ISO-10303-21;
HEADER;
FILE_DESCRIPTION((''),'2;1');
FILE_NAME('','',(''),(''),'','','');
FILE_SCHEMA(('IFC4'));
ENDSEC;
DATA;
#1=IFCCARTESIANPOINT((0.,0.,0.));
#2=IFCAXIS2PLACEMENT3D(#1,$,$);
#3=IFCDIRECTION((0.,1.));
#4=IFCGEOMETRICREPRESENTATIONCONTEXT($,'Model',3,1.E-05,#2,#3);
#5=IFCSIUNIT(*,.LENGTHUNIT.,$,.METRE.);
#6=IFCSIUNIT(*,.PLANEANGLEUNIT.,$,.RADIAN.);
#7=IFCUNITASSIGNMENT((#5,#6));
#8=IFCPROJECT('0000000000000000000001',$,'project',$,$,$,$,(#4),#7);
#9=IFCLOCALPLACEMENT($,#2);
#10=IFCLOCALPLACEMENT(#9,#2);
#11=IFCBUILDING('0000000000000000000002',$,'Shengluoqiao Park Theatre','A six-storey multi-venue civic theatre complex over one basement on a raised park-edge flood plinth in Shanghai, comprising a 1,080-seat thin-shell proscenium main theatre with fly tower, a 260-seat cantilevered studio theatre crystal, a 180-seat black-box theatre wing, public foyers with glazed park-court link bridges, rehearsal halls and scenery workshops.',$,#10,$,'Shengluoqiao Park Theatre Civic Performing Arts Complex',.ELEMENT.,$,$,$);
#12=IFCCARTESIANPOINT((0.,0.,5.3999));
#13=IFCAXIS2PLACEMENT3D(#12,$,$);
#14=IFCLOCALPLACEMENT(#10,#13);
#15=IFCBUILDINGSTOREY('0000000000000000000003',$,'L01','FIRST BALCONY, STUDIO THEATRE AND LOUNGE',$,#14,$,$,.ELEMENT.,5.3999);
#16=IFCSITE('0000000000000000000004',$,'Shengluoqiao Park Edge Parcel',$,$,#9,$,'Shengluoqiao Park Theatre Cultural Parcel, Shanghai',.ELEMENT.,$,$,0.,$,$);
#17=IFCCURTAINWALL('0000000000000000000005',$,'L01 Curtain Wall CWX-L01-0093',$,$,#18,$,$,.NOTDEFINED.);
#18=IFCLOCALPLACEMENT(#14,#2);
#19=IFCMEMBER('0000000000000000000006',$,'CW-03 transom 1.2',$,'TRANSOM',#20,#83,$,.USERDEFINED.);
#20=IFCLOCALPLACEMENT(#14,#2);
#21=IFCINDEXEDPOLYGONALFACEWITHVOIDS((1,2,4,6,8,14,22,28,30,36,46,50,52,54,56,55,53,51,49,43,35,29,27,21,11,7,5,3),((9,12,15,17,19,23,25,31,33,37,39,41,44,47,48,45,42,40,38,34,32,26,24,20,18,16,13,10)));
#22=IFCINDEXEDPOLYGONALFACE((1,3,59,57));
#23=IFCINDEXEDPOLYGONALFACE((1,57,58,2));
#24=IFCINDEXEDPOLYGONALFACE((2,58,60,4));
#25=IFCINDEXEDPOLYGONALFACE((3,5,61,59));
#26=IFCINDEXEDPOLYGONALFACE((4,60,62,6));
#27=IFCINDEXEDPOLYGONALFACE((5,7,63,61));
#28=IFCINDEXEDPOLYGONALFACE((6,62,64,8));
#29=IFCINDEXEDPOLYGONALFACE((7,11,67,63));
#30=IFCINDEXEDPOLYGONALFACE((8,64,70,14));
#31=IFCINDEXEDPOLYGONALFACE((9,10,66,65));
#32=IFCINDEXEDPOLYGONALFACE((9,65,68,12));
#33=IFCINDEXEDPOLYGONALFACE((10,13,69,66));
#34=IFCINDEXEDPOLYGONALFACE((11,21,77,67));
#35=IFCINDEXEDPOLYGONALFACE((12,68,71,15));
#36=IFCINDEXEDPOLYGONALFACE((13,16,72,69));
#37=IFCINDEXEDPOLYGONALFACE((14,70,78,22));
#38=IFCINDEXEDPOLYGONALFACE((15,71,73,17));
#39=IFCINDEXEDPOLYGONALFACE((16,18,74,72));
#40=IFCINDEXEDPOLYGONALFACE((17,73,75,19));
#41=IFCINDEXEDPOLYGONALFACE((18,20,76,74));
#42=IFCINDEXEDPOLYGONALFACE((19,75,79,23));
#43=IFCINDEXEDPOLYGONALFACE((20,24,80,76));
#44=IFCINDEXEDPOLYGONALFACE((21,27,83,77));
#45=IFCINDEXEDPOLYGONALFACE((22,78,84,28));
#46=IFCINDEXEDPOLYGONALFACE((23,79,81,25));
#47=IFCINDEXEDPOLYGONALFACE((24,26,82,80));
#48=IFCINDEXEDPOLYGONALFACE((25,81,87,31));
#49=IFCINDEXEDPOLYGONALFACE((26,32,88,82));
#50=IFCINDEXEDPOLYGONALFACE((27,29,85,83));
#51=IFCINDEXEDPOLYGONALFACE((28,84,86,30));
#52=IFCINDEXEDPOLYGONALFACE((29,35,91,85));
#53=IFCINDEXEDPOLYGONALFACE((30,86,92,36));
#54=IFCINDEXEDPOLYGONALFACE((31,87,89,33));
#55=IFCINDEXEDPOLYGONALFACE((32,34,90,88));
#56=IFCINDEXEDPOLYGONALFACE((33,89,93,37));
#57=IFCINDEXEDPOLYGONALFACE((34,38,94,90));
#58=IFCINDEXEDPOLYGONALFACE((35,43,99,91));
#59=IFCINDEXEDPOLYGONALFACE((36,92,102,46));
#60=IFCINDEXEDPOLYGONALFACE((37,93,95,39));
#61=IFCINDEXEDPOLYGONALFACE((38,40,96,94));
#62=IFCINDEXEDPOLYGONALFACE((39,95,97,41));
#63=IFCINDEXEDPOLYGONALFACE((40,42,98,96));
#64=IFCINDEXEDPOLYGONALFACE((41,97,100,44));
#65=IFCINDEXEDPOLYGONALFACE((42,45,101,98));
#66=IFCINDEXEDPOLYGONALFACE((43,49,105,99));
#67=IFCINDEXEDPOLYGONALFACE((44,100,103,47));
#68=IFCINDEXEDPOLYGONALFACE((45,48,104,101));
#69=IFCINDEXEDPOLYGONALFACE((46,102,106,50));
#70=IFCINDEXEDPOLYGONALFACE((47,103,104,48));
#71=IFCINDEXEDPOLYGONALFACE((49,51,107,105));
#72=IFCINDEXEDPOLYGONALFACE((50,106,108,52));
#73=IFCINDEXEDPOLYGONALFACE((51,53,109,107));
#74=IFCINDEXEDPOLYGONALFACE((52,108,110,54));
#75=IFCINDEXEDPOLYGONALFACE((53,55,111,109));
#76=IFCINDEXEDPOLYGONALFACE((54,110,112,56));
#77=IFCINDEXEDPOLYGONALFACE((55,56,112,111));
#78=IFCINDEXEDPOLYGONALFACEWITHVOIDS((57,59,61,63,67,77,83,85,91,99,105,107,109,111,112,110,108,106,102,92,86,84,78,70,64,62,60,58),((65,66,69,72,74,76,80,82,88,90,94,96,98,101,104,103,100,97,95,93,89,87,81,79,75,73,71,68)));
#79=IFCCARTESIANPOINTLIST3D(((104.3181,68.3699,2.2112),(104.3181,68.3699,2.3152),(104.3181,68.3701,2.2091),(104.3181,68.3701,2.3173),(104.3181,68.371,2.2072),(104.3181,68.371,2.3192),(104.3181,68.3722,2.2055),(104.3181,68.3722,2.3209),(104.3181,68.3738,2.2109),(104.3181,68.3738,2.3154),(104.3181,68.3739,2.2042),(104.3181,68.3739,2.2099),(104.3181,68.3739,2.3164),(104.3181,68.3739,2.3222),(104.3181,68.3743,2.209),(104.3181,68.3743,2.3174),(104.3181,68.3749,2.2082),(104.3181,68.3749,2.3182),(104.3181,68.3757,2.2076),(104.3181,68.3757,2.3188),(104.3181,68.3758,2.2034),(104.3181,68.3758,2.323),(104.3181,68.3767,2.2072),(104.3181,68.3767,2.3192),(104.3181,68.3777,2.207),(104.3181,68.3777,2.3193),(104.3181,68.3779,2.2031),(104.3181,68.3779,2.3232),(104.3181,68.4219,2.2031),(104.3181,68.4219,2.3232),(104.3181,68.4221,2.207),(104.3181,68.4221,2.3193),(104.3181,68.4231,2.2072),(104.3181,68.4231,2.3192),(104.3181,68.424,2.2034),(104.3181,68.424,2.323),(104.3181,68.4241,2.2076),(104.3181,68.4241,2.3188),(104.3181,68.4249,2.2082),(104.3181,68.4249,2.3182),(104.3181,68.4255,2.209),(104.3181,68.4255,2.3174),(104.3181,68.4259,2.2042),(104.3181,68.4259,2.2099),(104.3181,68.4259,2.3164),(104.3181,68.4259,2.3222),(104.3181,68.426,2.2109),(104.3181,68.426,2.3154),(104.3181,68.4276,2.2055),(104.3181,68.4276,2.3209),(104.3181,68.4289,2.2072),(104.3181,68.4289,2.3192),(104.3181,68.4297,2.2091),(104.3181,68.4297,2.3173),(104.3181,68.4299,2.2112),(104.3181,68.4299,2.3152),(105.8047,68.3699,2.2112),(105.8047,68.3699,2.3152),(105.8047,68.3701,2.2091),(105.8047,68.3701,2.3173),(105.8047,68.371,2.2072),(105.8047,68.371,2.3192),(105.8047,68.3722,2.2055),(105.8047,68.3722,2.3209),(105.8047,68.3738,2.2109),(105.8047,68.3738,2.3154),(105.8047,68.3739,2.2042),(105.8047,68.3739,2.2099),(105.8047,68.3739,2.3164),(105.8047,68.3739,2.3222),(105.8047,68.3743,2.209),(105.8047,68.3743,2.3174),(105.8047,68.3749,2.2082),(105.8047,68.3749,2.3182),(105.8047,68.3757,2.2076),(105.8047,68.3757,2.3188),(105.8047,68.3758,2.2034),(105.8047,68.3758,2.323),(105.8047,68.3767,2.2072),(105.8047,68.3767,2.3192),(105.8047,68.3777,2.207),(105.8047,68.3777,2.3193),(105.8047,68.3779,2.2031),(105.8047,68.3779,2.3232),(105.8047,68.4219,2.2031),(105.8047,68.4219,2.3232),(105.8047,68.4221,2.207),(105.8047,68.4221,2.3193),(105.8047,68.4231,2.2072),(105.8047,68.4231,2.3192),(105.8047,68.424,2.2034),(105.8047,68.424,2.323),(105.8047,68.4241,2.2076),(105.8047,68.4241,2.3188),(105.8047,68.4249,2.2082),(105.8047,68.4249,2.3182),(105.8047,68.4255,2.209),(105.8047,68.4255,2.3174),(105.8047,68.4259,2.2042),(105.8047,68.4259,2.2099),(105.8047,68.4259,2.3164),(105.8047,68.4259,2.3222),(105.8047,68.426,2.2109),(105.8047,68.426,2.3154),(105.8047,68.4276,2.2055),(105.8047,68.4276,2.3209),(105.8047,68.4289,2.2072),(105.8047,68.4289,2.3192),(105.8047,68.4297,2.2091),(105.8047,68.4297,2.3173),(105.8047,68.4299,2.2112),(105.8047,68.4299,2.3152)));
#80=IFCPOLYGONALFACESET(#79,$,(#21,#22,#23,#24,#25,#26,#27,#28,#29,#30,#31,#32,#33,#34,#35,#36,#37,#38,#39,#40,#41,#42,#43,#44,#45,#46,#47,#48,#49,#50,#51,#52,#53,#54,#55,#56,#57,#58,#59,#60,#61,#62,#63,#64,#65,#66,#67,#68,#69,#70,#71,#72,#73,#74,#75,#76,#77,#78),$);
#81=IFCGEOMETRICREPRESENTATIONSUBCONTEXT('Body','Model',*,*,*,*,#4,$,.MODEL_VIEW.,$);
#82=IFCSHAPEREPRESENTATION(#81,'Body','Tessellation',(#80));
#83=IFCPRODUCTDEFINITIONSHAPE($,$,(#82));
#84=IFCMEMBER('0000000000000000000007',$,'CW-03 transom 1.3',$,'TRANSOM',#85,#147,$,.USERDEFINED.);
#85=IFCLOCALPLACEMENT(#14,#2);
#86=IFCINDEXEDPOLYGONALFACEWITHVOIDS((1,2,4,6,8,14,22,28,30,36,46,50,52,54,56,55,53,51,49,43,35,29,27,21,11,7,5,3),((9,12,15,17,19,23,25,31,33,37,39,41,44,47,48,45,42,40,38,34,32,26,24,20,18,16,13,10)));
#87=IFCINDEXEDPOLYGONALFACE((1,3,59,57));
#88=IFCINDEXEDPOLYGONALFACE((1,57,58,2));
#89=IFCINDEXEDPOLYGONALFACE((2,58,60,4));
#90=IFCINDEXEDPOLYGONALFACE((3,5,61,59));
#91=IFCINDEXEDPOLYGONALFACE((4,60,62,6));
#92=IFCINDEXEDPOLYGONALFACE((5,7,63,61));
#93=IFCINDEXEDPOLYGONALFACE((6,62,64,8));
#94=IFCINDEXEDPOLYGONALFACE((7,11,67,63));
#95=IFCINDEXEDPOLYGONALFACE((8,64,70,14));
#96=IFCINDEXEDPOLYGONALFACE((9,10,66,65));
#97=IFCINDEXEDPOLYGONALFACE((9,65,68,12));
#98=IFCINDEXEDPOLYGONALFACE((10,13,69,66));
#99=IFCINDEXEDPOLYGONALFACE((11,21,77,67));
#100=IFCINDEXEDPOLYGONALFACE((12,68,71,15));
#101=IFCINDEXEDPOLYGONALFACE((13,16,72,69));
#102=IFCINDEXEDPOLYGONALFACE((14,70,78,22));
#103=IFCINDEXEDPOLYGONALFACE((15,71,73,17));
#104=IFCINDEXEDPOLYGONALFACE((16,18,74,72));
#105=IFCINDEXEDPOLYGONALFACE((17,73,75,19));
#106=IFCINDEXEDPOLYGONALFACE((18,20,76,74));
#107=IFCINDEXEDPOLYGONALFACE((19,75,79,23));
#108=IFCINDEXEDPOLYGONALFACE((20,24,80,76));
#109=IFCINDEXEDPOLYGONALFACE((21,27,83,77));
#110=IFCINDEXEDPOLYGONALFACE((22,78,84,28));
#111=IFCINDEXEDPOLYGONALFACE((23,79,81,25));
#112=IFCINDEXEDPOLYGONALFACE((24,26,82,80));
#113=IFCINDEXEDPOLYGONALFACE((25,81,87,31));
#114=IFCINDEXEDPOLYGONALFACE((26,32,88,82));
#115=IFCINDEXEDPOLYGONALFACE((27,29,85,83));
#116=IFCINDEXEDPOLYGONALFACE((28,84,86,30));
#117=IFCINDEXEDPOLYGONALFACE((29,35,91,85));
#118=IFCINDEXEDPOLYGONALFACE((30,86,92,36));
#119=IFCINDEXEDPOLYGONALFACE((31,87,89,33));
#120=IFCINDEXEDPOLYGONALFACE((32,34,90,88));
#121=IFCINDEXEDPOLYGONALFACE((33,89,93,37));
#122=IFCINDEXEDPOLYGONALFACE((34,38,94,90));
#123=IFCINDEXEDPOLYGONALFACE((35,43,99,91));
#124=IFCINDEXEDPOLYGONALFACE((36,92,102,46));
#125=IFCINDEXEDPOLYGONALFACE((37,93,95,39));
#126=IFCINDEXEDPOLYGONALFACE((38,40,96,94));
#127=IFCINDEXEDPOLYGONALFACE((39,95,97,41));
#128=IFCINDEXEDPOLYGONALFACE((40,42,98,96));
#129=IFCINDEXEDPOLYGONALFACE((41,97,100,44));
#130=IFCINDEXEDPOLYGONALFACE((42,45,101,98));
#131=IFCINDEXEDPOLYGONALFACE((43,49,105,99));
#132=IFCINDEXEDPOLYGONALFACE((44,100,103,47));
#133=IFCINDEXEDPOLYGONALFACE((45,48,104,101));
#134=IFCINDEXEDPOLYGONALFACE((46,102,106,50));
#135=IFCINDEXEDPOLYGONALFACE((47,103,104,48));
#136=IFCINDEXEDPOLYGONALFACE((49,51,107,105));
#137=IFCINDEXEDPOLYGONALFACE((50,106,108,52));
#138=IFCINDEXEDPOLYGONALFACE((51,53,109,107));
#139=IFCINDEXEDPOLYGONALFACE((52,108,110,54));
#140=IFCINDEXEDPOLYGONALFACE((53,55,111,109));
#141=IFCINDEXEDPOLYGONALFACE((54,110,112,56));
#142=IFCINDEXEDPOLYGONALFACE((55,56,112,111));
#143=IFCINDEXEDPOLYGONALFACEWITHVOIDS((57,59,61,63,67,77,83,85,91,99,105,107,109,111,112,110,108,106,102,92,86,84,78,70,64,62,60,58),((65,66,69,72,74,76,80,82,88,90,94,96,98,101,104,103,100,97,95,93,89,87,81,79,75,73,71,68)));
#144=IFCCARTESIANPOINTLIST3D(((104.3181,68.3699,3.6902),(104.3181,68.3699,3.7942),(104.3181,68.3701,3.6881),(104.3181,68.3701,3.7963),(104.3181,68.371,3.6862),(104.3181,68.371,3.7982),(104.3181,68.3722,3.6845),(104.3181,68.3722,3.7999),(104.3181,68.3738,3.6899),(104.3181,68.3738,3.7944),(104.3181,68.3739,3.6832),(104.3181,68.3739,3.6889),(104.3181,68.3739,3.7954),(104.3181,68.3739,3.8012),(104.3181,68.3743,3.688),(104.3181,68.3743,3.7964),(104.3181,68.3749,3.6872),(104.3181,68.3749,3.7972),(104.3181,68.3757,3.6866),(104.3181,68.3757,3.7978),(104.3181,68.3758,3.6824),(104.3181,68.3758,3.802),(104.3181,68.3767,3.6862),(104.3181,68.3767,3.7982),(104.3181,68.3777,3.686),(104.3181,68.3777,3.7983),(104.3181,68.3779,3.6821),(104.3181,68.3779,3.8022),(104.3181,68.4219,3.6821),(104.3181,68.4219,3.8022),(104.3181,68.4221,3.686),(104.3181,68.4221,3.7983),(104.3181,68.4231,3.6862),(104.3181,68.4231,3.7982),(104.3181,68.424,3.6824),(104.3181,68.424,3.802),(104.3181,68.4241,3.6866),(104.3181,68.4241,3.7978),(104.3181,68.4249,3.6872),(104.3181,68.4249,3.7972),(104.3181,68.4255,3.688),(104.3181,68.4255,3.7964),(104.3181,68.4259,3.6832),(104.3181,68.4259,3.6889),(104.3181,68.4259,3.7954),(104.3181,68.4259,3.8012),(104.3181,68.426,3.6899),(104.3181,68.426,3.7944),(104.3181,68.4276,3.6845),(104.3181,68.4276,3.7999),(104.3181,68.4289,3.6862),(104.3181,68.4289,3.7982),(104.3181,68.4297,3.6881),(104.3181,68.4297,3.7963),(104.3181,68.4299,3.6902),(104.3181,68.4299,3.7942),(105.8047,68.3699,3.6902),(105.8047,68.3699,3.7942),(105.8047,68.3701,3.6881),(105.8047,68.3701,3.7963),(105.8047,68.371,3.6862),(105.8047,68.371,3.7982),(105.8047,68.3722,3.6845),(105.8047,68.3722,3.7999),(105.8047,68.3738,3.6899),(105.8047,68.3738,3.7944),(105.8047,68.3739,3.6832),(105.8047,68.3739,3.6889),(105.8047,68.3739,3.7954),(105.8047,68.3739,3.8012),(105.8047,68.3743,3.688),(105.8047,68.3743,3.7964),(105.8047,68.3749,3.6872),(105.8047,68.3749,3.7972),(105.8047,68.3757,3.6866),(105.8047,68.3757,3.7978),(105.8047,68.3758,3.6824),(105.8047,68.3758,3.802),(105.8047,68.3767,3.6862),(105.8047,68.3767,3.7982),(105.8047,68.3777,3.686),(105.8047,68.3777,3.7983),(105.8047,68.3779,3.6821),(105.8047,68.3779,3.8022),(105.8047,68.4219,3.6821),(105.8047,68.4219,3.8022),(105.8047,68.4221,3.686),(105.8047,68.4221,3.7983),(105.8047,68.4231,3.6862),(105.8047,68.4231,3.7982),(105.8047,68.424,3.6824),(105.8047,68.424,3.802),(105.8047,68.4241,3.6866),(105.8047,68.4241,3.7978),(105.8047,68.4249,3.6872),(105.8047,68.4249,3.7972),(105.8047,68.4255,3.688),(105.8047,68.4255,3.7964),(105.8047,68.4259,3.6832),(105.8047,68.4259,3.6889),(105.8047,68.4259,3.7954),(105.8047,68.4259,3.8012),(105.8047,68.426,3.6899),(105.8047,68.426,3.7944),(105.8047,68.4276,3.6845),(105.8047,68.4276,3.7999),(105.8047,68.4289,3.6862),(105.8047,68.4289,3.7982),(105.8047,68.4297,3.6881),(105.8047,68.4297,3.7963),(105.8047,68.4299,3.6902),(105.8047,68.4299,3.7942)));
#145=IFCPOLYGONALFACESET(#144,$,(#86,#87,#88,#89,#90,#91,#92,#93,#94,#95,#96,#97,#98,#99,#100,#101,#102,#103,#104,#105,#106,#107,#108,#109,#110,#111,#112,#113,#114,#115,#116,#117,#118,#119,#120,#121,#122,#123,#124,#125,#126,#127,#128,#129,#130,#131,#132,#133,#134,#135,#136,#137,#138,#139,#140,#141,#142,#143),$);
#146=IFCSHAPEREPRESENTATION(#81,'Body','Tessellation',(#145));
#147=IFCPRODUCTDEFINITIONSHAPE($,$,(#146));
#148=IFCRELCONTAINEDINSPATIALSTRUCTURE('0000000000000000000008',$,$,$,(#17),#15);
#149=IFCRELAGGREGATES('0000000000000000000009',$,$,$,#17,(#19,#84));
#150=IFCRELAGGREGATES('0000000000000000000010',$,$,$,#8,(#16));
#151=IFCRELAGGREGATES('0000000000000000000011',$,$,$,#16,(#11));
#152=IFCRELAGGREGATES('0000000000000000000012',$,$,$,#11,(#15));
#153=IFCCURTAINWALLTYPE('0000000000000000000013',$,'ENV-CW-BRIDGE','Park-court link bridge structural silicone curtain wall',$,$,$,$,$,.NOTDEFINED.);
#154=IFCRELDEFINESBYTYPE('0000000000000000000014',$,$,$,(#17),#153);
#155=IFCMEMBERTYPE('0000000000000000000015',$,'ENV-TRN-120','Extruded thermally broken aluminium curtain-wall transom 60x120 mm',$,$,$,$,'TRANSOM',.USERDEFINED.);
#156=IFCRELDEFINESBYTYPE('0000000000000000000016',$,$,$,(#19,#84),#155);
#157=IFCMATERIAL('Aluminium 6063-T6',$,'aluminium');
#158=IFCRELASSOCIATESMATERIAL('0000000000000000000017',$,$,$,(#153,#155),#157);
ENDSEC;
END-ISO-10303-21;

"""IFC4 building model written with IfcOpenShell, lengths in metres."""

from ifc_helpers import new_model, si_unit, direction, frame, origin, origin_2d, place, context, subcontext, project, spatial, hollow_rectangle, extrude, material, material_profile, profile_set, type_object, element, aggregate, save


model = new_model("IFC4")

# Units and contexts
model_context = context("Model", 3, precision=1e-05, world=origin(), true_north=direction((0.0, 1.0)))
body_context = subcontext(model_context, "Body", "Model", "MODEL_VIEW")
ifc_project = project(units=[si_unit("LENGTHUNIT", "METRE"), si_unit("PLANEANGLEUNIT", "RADIAN")], contexts=[model_context])

# Site, building, storey
site_placement = place(None, origin())
site = spatial("IfcSite", under=ifc_project, at=site_placement, Name="Shengluoqiao Park Edge Parcel", LongName="Shengluoqiao Park Theatre Cultural Parcel, Shanghai", CompositionType="ELEMENT", RefElevation=0.0)
building_placement = place(site_placement, origin())
building = spatial("IfcBuilding", under=site, at=building_placement, Name="Shengluoqiao Park Theatre", Description="A six-storey multi-venue civic theatre complex over one basement on a raised park-edge flood plinth in Shanghai, comprising a 1,080-seat thin-shell proscenium main theatre with fly tower, a 260-seat cantilevered studio theatre crystal, a 180-seat black-box theatre wing, public foyers with glazed park-court link bridges, rehearsal halls and scenery workshops.", LongName="Shengluoqiao Park Theatre Civic Performing Arts Complex", CompositionType="ELEMENT")
storey_placement = place(building_placement, frame((0.0, 0.0, 5.3999)))
storey = spatial("IfcBuildingStorey", under=building, at=storey_placement, Name="L01", Description="FIRST BALCONY, STUDIO THEATRE AND LOUNGE", CompositionType="ELEMENT", Elevation=5.3999)

# Curtain wall
ifc_material_1 = material(Name="Aluminium 6063-T6", Category="aluminium")
curtain_wall_type = type_object("IfcCurtainWallType", Name="ENV-CW-BRIDGE", Description="Park-court link bridge structural silicone curtain wall", PredefinedType="NOTDEFINED", material=ifc_material_1)
curtain_wall_1_placement = place(storey_placement, origin())
curtain_wall_1 = element("IfcCurtainWall", 1, at=curtain_wall_1_placement, inside=storey, type_object=curtain_wall_type, Name="L01 Curtain Wall CWX-L01-0093", PredefinedType="NOTDEFINED")

# Members
ifc_material_profile_1 = material_profile(ifc_material_1, hollow_rectangle(XDim=0.0601, YDim=0.1201, WallThickness=0.0039, InnerFilletRadius=0.0039, OuterFilletRadius=0.0081, at=origin_2d()), Name="ALU TRANSOM 120x60x4")
ifc_profile_set_1 = profile_set([ifc_material_profile_1], Name="Aluminium 6063-T6")
member_type_1 = type_object("IfcMemberType", Name="ENV-TRN-120", Description="Extruded thermally broken aluminium curtain-wall transom 60x120 mm", ElementType="TRANSOM", PredefinedType="USERDEFINED", material=ifc_profile_set_1)
member_1_placement = place(storey_placement, frame((104.3181, 68.3999, 2.2632), z_axis=(1.0, 0.0, 0.0), x_axis=(0.0, 1.0, 0.0)))
member_1 = element("IfcMember", 2, at=member_1_placement, type_object=member_type_1, Name="CW-03 transom 1.2", ObjectType="TRANSOM", PredefinedType="USERDEFINED", context=body_context, shape_type="SweptSolid", body=[
    extrude(hollow_rectangle(XDim=0.0601, YDim=0.1201, WallThickness=0.0039, InnerFilletRadius=0.0039, OuterFilletRadius=0.0081, at=origin_2d()), origin(), (0.0, 0.0, 1.0), 1.4866),
])
member_2_placement = place(storey_placement, frame((104.3181, 68.3999, 3.7422), z_axis=(1.0, 0.0, 0.0), x_axis=(0.0, 1.0, 0.0)))
member_2 = element("IfcMember", 3, at=member_2_placement, type_object=member_type_1, Name="CW-03 transom 1.3", ObjectType="TRANSOM", PredefinedType="USERDEFINED", context=body_context, shape_type="SweptSolid", body=[
    extrude(hollow_rectangle(XDim=0.0601, YDim=0.1201, WallThickness=0.0039, InnerFilletRadius=0.0039, OuterFilletRadius=0.0081, at=origin_2d()), origin(), (0.0, 0.0, 1.0), 1.4866),
])

aggregate(curtain_wall_1, [member_1, member_2])

save(model, "model.ifc")
